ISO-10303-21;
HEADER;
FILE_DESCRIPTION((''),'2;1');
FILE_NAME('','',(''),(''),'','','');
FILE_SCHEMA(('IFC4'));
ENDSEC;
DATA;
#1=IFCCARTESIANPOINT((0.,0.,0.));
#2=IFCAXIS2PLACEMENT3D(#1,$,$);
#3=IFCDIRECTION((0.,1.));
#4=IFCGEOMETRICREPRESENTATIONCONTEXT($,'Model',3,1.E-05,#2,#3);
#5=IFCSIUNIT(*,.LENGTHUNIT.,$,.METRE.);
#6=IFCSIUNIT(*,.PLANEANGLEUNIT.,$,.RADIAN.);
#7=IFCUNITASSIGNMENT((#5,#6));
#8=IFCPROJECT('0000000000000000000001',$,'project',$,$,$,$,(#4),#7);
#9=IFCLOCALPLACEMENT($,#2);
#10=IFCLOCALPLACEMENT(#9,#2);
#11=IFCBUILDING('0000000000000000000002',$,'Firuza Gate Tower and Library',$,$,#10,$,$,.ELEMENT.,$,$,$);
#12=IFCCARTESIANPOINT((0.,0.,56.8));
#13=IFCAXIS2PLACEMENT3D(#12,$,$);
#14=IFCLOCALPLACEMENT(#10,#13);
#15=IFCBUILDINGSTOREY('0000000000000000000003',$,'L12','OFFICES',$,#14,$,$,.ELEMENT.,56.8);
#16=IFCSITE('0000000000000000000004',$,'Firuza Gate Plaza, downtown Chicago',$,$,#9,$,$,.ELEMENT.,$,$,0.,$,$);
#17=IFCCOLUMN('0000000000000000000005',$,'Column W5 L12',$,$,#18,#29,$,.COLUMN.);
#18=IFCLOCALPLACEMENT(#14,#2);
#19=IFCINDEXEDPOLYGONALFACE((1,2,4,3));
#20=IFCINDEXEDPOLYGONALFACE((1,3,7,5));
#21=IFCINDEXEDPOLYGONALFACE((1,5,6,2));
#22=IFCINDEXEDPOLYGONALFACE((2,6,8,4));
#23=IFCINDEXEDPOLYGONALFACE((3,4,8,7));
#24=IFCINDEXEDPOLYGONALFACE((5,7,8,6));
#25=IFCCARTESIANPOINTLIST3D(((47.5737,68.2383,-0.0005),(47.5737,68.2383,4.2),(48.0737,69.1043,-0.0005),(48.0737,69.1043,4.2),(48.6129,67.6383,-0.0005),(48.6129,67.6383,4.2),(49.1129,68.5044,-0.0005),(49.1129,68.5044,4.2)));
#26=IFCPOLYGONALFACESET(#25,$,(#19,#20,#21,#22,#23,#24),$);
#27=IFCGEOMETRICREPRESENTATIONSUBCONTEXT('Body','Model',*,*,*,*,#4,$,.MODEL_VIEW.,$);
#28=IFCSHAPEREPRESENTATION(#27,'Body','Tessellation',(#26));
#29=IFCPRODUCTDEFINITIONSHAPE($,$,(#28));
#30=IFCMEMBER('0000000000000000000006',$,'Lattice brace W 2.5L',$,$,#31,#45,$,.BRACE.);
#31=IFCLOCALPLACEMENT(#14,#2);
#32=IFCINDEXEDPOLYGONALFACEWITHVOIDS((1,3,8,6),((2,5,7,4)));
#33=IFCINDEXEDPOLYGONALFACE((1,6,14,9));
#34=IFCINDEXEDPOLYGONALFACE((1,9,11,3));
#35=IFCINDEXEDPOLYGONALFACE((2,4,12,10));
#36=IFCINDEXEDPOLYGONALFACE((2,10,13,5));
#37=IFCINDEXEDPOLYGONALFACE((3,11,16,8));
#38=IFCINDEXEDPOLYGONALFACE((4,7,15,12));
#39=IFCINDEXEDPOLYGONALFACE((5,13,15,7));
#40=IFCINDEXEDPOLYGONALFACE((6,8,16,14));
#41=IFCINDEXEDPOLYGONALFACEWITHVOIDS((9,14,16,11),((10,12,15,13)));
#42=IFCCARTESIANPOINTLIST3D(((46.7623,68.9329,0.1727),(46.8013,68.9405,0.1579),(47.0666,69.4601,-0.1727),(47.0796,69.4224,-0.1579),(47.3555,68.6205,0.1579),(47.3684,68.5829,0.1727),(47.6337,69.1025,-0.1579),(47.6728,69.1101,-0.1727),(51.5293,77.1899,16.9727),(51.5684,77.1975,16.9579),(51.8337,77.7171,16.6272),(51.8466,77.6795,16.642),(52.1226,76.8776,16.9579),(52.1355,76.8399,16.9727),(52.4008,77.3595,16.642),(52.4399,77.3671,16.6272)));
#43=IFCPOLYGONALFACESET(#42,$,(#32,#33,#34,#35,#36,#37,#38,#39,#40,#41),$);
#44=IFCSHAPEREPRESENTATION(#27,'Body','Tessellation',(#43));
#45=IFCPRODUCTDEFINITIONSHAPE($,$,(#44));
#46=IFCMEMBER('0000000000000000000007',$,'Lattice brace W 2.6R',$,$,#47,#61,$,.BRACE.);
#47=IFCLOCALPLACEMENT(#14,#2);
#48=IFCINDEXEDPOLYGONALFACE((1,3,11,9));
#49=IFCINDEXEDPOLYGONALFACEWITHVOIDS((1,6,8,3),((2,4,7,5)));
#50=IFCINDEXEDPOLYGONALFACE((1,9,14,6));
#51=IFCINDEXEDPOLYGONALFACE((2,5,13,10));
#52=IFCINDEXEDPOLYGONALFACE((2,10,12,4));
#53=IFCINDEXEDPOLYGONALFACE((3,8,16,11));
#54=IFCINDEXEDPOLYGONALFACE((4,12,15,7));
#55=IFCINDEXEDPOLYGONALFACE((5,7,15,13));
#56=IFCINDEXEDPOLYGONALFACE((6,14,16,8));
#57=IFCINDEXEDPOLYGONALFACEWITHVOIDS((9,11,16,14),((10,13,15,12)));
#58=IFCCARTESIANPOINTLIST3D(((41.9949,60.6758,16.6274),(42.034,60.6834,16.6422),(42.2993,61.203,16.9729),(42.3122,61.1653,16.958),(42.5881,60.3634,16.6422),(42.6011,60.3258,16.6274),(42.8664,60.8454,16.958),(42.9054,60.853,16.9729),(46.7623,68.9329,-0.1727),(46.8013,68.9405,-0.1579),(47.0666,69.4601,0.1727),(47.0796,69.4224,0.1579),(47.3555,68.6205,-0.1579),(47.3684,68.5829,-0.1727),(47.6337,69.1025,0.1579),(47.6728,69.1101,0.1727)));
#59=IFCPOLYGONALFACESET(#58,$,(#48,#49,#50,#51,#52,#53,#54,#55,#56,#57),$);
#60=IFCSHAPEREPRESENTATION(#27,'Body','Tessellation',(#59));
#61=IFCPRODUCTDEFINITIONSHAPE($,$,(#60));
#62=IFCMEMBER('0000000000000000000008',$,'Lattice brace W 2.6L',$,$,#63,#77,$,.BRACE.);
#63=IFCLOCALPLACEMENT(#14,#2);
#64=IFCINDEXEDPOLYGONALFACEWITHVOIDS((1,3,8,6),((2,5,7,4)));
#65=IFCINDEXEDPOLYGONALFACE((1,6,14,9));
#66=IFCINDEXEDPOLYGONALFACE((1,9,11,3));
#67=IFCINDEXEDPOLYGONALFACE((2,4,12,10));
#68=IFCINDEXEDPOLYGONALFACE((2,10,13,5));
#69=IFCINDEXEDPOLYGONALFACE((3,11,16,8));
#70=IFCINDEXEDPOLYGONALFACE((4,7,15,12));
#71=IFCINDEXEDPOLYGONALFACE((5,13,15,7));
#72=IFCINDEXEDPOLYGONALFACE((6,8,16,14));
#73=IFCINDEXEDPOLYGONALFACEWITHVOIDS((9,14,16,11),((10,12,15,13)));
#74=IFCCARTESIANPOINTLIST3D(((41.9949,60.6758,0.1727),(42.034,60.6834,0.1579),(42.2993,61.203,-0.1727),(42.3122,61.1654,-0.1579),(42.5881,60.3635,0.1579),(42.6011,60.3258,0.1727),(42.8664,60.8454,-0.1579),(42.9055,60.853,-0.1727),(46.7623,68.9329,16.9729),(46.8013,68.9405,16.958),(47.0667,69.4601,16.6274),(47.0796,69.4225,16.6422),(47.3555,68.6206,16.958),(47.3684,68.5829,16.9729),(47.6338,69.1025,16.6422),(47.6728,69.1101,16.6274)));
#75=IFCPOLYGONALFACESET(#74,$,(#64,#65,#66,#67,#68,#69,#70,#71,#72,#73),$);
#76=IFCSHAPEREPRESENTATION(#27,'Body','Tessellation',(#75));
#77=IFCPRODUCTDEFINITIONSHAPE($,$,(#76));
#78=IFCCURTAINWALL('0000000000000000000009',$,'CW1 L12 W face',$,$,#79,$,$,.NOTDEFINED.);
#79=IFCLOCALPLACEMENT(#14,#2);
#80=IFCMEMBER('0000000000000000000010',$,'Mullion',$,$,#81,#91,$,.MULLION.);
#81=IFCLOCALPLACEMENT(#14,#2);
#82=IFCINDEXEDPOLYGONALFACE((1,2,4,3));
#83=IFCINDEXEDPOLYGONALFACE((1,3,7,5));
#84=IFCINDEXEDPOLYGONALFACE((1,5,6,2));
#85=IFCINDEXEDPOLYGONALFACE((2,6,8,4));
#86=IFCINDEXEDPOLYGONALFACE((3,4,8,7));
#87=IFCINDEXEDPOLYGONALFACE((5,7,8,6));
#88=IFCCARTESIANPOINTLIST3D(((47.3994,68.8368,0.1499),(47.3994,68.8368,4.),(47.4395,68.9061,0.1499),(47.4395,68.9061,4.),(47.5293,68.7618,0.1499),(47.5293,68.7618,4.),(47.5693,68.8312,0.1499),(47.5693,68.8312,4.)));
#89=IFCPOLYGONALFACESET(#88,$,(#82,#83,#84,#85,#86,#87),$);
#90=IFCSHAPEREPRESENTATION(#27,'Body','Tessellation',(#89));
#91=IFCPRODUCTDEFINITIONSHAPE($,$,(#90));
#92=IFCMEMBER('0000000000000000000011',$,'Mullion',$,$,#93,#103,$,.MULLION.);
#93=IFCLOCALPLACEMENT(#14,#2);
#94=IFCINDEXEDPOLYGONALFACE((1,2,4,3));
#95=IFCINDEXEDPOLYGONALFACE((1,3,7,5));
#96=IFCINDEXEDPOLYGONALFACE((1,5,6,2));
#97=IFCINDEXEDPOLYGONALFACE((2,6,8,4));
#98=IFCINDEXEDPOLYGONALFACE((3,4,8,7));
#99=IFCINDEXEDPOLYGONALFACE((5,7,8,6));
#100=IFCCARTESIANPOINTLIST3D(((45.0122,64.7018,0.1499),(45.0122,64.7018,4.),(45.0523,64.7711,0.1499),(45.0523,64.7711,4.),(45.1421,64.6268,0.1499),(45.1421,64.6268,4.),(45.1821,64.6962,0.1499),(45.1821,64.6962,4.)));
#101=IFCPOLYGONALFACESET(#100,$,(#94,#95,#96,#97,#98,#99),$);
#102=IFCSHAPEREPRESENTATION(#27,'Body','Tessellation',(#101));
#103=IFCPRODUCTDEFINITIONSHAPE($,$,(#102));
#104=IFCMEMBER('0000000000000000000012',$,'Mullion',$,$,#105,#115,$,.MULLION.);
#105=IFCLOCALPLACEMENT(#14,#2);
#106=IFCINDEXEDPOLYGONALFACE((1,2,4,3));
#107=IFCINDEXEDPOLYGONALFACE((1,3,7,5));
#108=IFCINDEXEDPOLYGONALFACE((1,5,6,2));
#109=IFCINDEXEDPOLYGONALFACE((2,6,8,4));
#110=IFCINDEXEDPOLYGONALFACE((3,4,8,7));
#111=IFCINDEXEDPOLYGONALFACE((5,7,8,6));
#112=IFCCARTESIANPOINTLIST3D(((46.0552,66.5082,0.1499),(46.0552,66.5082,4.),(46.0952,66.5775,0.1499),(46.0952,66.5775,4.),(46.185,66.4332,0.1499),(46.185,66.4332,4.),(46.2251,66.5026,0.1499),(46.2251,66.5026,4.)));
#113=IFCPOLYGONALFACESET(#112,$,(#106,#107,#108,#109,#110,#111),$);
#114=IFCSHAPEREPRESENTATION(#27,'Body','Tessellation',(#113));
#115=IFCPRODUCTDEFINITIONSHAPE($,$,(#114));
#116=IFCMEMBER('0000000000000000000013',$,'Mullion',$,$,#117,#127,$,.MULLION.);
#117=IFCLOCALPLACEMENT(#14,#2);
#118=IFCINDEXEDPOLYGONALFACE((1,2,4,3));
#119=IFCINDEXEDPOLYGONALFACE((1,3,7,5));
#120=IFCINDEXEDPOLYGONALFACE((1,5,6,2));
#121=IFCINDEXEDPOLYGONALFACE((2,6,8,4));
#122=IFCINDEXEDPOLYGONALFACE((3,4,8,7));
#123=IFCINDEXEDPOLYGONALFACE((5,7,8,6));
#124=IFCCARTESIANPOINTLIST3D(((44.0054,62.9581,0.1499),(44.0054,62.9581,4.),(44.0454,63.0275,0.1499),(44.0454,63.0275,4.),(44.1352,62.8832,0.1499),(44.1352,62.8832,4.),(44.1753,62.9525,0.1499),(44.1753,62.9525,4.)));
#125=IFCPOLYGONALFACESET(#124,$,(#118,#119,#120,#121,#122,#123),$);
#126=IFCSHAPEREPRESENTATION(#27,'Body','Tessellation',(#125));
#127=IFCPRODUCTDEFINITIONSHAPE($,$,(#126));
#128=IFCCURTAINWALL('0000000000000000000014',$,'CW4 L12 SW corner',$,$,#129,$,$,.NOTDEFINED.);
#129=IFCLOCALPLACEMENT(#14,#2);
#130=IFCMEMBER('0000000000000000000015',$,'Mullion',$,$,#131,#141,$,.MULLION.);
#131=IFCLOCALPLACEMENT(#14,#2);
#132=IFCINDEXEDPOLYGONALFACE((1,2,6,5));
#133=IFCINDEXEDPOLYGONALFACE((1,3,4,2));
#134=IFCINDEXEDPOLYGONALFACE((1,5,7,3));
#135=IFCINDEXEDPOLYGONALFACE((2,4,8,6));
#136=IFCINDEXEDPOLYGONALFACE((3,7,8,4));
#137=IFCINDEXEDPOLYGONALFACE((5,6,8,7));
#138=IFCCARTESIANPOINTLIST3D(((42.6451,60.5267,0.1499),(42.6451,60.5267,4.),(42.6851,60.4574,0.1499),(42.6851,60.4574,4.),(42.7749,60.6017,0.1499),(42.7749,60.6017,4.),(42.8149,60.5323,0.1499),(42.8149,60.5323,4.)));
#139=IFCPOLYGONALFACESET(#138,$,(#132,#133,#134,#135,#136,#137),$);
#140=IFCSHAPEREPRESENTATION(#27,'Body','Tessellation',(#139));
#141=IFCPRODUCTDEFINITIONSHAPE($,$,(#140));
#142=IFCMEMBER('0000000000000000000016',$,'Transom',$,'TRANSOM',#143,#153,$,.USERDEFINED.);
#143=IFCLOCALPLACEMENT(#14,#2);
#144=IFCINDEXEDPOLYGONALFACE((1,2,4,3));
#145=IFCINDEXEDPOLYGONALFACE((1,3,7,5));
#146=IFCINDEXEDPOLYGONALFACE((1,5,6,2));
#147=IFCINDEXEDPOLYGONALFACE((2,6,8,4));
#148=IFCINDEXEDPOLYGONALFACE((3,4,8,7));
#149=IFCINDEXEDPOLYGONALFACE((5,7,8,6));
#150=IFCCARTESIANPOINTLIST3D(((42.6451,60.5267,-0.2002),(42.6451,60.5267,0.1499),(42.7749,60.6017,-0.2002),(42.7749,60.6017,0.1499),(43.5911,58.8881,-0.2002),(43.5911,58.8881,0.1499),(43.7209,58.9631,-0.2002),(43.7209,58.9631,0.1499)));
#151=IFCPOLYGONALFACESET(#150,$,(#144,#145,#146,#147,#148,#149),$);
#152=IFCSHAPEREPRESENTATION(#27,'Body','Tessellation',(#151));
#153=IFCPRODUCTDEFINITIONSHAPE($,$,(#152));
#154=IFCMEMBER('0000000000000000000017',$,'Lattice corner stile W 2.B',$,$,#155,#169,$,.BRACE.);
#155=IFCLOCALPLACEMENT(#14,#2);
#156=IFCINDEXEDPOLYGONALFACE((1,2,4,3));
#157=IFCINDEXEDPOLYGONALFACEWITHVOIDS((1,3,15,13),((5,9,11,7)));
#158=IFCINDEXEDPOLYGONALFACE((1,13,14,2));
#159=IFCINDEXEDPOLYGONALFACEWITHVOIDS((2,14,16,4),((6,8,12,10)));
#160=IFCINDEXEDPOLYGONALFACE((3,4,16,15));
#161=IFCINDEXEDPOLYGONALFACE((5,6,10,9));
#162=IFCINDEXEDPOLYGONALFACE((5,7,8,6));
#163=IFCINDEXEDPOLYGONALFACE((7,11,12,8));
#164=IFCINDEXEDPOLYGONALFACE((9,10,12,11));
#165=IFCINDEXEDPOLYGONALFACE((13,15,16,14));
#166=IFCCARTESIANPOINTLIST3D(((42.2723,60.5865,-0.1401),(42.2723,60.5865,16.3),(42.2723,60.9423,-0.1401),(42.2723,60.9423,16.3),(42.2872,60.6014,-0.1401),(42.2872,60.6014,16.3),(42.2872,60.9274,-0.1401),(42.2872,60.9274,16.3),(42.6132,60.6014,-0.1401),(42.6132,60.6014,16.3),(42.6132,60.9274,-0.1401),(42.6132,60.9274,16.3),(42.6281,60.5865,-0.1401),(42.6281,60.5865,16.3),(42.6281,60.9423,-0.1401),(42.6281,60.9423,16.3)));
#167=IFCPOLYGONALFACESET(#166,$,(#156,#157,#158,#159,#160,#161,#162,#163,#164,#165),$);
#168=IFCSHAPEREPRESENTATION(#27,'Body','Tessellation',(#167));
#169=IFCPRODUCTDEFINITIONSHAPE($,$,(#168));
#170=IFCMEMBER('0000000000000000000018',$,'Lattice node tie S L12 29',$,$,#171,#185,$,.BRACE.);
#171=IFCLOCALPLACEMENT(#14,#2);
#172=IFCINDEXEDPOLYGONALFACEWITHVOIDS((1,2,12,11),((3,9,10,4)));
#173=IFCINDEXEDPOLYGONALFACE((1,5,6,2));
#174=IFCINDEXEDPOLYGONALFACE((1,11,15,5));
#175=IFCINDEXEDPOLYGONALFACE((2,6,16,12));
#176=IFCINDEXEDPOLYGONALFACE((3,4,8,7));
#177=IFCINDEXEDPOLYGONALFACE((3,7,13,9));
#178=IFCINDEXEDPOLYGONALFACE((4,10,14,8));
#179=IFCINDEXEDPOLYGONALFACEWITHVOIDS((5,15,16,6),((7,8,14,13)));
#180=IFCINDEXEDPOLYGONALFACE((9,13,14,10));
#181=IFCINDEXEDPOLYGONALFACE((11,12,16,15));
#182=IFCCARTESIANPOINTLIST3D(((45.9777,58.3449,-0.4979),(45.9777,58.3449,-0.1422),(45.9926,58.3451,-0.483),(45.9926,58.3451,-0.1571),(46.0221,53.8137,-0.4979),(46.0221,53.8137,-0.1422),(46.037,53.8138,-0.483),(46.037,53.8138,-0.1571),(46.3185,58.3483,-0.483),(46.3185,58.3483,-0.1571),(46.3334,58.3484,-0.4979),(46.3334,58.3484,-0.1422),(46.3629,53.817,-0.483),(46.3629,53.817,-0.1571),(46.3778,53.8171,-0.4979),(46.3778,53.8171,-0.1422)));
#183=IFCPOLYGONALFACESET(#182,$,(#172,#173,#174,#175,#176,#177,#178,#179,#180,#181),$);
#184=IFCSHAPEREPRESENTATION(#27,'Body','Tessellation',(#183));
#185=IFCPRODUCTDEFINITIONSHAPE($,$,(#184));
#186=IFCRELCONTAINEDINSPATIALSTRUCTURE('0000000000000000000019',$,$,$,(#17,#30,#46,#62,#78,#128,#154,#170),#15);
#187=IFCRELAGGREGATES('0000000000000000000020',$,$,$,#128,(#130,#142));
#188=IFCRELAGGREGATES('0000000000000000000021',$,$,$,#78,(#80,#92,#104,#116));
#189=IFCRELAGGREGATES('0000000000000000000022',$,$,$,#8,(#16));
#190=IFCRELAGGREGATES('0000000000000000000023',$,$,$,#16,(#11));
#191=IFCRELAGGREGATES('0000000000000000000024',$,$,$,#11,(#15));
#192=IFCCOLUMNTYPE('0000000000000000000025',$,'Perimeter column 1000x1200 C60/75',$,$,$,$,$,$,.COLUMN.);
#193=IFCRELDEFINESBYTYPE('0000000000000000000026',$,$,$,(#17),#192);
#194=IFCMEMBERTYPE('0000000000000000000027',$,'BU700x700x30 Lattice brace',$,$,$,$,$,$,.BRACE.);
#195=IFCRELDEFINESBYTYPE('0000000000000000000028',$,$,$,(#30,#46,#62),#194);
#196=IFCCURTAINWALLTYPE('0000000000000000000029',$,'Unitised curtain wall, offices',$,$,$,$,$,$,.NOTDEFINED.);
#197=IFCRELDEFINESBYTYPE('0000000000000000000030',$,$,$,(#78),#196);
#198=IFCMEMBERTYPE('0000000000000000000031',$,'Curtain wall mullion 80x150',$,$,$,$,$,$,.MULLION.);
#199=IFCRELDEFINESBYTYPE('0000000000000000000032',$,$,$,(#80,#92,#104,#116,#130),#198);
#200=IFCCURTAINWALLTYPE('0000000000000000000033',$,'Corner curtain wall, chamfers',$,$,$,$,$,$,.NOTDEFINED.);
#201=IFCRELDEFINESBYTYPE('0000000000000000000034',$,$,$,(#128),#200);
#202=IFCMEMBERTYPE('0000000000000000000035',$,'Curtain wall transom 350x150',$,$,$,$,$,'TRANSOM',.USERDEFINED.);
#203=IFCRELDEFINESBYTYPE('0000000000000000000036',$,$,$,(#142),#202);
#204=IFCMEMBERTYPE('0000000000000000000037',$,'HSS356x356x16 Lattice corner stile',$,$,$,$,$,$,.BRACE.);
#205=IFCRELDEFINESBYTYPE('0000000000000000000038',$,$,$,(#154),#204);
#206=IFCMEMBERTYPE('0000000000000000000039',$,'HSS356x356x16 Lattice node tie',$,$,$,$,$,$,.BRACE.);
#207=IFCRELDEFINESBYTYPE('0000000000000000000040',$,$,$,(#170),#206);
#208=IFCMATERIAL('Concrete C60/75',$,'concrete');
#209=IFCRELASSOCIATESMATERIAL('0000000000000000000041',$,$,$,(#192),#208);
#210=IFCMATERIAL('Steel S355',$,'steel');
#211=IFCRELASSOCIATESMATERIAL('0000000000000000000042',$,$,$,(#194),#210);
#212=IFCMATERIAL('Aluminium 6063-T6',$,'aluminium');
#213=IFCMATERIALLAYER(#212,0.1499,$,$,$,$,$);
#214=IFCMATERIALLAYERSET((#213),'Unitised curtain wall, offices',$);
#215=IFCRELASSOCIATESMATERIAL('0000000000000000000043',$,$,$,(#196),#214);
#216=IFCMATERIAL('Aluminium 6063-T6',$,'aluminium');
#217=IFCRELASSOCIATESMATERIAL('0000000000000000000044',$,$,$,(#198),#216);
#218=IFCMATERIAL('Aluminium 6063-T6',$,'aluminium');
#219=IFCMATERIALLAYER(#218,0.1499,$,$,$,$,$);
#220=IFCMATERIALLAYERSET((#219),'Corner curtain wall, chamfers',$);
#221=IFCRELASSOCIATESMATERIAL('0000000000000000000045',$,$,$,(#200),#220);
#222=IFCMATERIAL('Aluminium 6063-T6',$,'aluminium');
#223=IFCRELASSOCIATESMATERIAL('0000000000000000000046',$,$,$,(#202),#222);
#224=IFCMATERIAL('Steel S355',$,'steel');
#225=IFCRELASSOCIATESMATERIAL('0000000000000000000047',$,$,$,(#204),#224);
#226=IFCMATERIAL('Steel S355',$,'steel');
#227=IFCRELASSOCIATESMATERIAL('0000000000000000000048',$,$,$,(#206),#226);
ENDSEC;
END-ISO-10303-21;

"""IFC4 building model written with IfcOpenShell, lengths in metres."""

from ifc_helpers import new_model, si_unit, direction, frame, origin, origin_2d, place, context, subcontext, project, spatial, rectangle, hollow_rectangle, extrude, material, layer, layer_set, material_profile, profile_set, type_object, element, aggregate, save


model = new_model("IFC4")

# Units and contexts
model_context = context("Model", 3, precision=1e-05, world=origin(), true_north=direction((0.0, 1.0)))
body_context = subcontext(model_context, "Body", "Model", "MODEL_VIEW")
ifc_project = project(units=[si_unit("LENGTHUNIT", "METRE"), si_unit("PLANEANGLEUNIT", "RADIAN")], contexts=[model_context])

# Site, building, storey
site_placement = place(None, origin())
site = spatial("IfcSite", under=ifc_project, at=site_placement, Name="Firuza Gate Plaza, downtown Chicago", CompositionType="ELEMENT", RefElevation=0.0)
building_placement = place(site_placement, origin())
building = spatial("IfcBuilding", under=site, at=building_placement, Name="Firuza Gate Tower and Library", CompositionType="ELEMENT")
storey_placement = place(building_placement, frame((0.0, 0.0, 56.8)))
storey = spatial("IfcBuildingStorey", under=building, at=storey_placement, Name="L12", Description="OFFICES", CompositionType="ELEMENT", Elevation=56.8)

# Column
ifc_material_1 = material(Name="Concrete C60/75", Category="concrete")
ifc_material_profile_1 = material_profile(ifc_material_1, rectangle(XDim=1.0, YDim=1.2, at=origin_2d()))
ifc_profile_set_1 = profile_set([ifc_material_profile_1], Name="Concrete C60/75")
column_type = type_object("IfcColumnType", Name="Perimeter column 1000x1200 C60/75", PredefinedType="COLUMN", material=ifc_profile_set_1)
column_placement = place(storey_placement, frame((48.3433, 68.3713, -0.0005), z_axis=(0.0, 0.0, 1.0), x_axis=(-0.5, -0.866025, 0.0)))
element("IfcColumn", 1, at=column_placement, inside=storey, type_object=column_type, Name="Column W5 L12", PredefinedType="COLUMN", context=body_context, shape_type="SweptSolid", body=[
    extrude(rectangle(XDim=1.0, YDim=1.2, at=origin_2d()), origin(), (0.0, 0.0, 1.0), 4.2004),
])

# Members
ifc_material_2 = material(Name="Steel S355", Category="steel")
ifc_material_profile_2 = material_profile(ifc_material_2, hollow_rectangle(XDim=0.7, YDim=0.7, WallThickness=0.03, at=origin_2d()))
ifc_profile_set_2 = profile_set([ifc_material_profile_2], Name="Steel S355")
member_type_1 = type_object("IfcMemberType", Name="BU700x700x30 Lattice brace", PredefinedType="BRACE", material=ifc_profile_set_2)
member_1_placement = place(storey_placement, frame((47.2175, 69.0215, 0.0), z_axis=(0.246782, 0.427452, 0.869703), x_axis=(-0.866032, 0.499989, 0.0)))
element("IfcMember", 2, at=member_1_placement, inside=storey, type_object=member_type_1, Name="Lattice brace W 2.5L", PredefinedType="BRACE", context=body_context, shape_type="SweptSolid", body=[
    extrude(hollow_rectangle(XDim=0.7, YDim=0.7, WallThickness=0.03, at=origin_2d()), origin(), (0.0, 0.0, 1.0), 19.3169),
])
for number, where, z_axis, x_axis, name in (
    (3, (47.2175, 69.0215, 0.0), (-0.246794, -0.42745, 0.8697), (0.866021, -0.500008, 0.0), "Lattice brace W 2.6R"),
    (4, (42.4502, 60.7644, 0.0), (0.246794, 0.42745, 0.8697), (-0.866021, 0.500008, 0.0), "Lattice brace W 2.6L"),
):
    element("IfcMember", number, at=place(storey_placement, frame(where, z_axis=z_axis, x_axis=x_axis)), inside=storey, type_object=member_type_1, Name=name, PredefinedType="BRACE", context=body_context, shape_type="SweptSolid", body=[
        extrude(hollow_rectangle(XDim=0.7, YDim=0.7, WallThickness=0.03, at=origin_2d()), origin(), (0.0, 0.0, 1.0), 19.3171),
    ])

# Curtain walls, members
ifc_material_3 = material(Name="Aluminium 6063-T6", Category="aluminium")
ifc_layer_1 = layer(ifc_material_3, 0.1499)
ifc_layer_set_1 = layer_set([ifc_layer_1], Name="Unitised curtain wall, offices")
curtain_wall_type_1 = type_object("IfcCurtainWallType", Name="Unitised curtain wall, offices", PredefinedType="NOTDEFINED", material=ifc_layer_set_1)
placement = place(storey_placement, origin())
curtain_wall_1 = element("IfcCurtainWall", 5, at=placement, inside=storey, type_object=curtain_wall_type_1, Name="CW1 L12 W face", PredefinedType="NOTDEFINED")
ifc_material_4 = material(Name="Aluminium 6063-T6", Category="aluminium")
ifc_material_profile_3 = material_profile(ifc_material_4, rectangle(XDim=0.1499, YDim=0.0801, at=origin_2d()))
ifc_profile_set_3 = profile_set([ifc_material_profile_3], Name="Aluminium 6063-T6")
member_type_2 = type_object("IfcMemberType", Name="Curtain wall mullion 80x150", PredefinedType="MULLION", material=ifc_profile_set_3)
member_2_placement = place(storey_placement, frame((47.4844, 68.834, 0.1499), z_axis=(0.0, 0.0, 1.0), x_axis=(0.866025, -0.5, 0.0)))
member_2 = element("IfcMember", 6, at=member_2_placement, type_object=member_type_2, Name="Mullion", PredefinedType="MULLION", context=body_context, shape_type="SweptSolid", body=[
    extrude(rectangle(XDim=0.1499, YDim=0.0801, at=origin_2d()), origin(), (0.0, 0.0, 1.0), 3.8501),
])
member_3_placement = place(storey_placement, frame((45.0972, 64.699, 0.1499), z_axis=(0.0, 0.0, 1.0), x_axis=(0.866025, -0.5, 0.0)))
member_3 = element("IfcMember", 7, at=member_3_placement, type_object=member_type_2, Name="Mullion", PredefinedType="MULLION", context=body_context, shape_type="SweptSolid", body=[
    extrude(rectangle(XDim=0.1499, YDim=0.0801, at=origin_2d()), origin(), (0.0, 0.0, 1.0), 3.8501),
])
member_4_placement = place(storey_placement, frame((46.1401, 66.5054, 0.1499), z_axis=(0.0, 0.0, 1.0), x_axis=(0.866025, -0.5, 0.0)))
member_4 = element("IfcMember", 8, at=member_4_placement, type_object=member_type_2, Name="Mullion", PredefinedType="MULLION", context=body_context, shape_type="SweptSolid", body=[
    extrude(rectangle(XDim=0.1499, YDim=0.0801, at=origin_2d()), origin(), (0.0, 0.0, 1.0), 3.8501),
])
member_5_placement = place(storey_placement, frame((44.0903, 62.9553, 0.1499), z_axis=(0.0, 0.0, 1.0), x_axis=(0.866025, -0.5, 0.0)))
member_5 = element("IfcMember", 9, at=member_5_placement, type_object=member_type_2, Name="Mullion", PredefinedType="MULLION", context=body_context, shape_type="SweptSolid", body=[
    extrude(rectangle(XDim=0.1499, YDim=0.0801, at=origin_2d()), origin(), (0.0, 0.0, 1.0), 3.8501),
])
ifc_material_5 = material(Name="Aluminium 6063-T6", Category="aluminium")
ifc_layer_2 = layer(ifc_material_5, 0.1499)
ifc_layer_set_2 = layer_set([ifc_layer_2], Name="Corner curtain wall, chamfers")
curtain_wall_type_2 = type_object("IfcCurtainWallType", Name="Corner curtain wall, chamfers", PredefinedType="NOTDEFINED", material=ifc_layer_set_2)
curtain_wall_2 = element("IfcCurtainWall", 10, at=placement, inside=storey, type_object=curtain_wall_type_2, Name="CW4 L12 SW corner", PredefinedType="NOTDEFINED")
member_6_placement = place(storey_placement, frame((42.73, 60.5295, 0.1499), z_axis=(0.0, 0.0, 1.0), x_axis=(0.866025, 0.5, 0.0)))
member_6 = element("IfcMember", 11, at=member_6_placement, type_object=member_type_2, Name="Mullion", PredefinedType="MULLION", context=body_context, shape_type="SweptSolid", body=[
    extrude(rectangle(XDim=0.1499, YDim=0.0801, at=origin_2d()), origin(), (0.0, 0.0, 1.0), 3.8501),
])
ifc_material_6 = material(Name="Aluminium 6063-T6", Category="aluminium")
ifc_material_profile_4 = material_profile(ifc_material_6, rectangle(XDim=0.1499, YDim=0.3501, at=origin_2d()))
ifc_profile_set_4 = profile_set([ifc_material_profile_4], Name="Aluminium 6063-T6")
member_type_3 = type_object("IfcMemberType", Name="Curtain wall transom 350x150", ElementType="TRANSOM", PredefinedType="USERDEFINED", material=ifc_profile_set_4)
member_7_placement = place(storey_placement, frame((42.71, 60.5642, -0.0251), z_axis=(0.499983, -0.866035, 0.0), x_axis=(0.866035, 0.499983, 0.0)))
member_7 = element("IfcMember", 12, at=member_7_placement, type_object=member_type_3, Name="Transom", ObjectType="TRANSOM", PredefinedType="USERDEFINED", context=body_context, shape_type="SweptSolid", body=[
    extrude(rectangle(XDim=0.1499, YDim=0.3501, at=origin_2d()), origin(), (0.0, 0.0, 1.0), 1.8921),
])

# Members
ifc_material_7 = material(Name="Steel S355", Category="steel")
ifc_material_profile_5 = material_profile(ifc_material_7, hollow_rectangle(XDim=0.3557, YDim=0.3557, WallThickness=0.0149, at=origin_2d()))
ifc_profile_set_5 = profile_set([ifc_material_profile_5], Name="Steel S355")
member_type_4 = type_object("IfcMemberType", Name="HSS356x356x16 Lattice corner stile", PredefinedType="BRACE", material=ifc_profile_set_5)
member_8_placement = place(storey_placement, frame((42.4502, 60.7644, -0.1401), z_axis=(0.0, 0.0, 1.0), x_axis=(1.0, 0.0, 0.0)))
element("IfcMember", 13, at=member_8_placement, inside=storey, type_object=member_type_4, Name="Lattice corner stile W 2.B", PredefinedType="BRACE", context=body_context, shape_type="SweptSolid", body=[
    extrude(hollow_rectangle(XDim=0.3557, YDim=0.3557, WallThickness=0.0149, at=origin_2d()), origin(), (0.0, 0.0, 1.0), 16.4402),
])
ifc_material_8 = material(Name="Steel S355", Category="steel")
ifc_material_profile_6 = material_profile(ifc_material_8, hollow_rectangle(XDim=0.3557, YDim=0.3557, WallThickness=0.0149, at=origin_2d()))
ifc_profile_set_6 = profile_set([ifc_material_profile_6], Name="Steel S355")
member_type_5 = type_object("IfcMemberType", Name="HSS356x356x16 Lattice node tie", PredefinedType="BRACE", material=ifc_profile_set_6)
for number, where, z_axis, x_axis, name in (
    (14, (46.1555, 58.3467, -0.3201), (0.009806, -0.999952, 0.0), (0.999952, 0.009806, 0.0), "Lattice node tie S L12 29"),
):
    element("IfcMember", number, at=place(storey_placement, frame(where, z_axis=z_axis, x_axis=x_axis)), inside=storey, type_object=member_type_5, Name=name, PredefinedType="BRACE", context=body_context, shape_type="SweptSolid", body=[
        extrude(hollow_rectangle(XDim=0.3557, YDim=0.3557, WallThickness=0.0149, at=origin_2d()), origin(), (0.0, 0.0, 1.0), 4.5315),
    ])

aggregate(curtain_wall_2, [member_6, member_7])
aggregate(curtain_wall_1, [member_2, member_3, member_4, member_5])

save(model, "model.ifc")
